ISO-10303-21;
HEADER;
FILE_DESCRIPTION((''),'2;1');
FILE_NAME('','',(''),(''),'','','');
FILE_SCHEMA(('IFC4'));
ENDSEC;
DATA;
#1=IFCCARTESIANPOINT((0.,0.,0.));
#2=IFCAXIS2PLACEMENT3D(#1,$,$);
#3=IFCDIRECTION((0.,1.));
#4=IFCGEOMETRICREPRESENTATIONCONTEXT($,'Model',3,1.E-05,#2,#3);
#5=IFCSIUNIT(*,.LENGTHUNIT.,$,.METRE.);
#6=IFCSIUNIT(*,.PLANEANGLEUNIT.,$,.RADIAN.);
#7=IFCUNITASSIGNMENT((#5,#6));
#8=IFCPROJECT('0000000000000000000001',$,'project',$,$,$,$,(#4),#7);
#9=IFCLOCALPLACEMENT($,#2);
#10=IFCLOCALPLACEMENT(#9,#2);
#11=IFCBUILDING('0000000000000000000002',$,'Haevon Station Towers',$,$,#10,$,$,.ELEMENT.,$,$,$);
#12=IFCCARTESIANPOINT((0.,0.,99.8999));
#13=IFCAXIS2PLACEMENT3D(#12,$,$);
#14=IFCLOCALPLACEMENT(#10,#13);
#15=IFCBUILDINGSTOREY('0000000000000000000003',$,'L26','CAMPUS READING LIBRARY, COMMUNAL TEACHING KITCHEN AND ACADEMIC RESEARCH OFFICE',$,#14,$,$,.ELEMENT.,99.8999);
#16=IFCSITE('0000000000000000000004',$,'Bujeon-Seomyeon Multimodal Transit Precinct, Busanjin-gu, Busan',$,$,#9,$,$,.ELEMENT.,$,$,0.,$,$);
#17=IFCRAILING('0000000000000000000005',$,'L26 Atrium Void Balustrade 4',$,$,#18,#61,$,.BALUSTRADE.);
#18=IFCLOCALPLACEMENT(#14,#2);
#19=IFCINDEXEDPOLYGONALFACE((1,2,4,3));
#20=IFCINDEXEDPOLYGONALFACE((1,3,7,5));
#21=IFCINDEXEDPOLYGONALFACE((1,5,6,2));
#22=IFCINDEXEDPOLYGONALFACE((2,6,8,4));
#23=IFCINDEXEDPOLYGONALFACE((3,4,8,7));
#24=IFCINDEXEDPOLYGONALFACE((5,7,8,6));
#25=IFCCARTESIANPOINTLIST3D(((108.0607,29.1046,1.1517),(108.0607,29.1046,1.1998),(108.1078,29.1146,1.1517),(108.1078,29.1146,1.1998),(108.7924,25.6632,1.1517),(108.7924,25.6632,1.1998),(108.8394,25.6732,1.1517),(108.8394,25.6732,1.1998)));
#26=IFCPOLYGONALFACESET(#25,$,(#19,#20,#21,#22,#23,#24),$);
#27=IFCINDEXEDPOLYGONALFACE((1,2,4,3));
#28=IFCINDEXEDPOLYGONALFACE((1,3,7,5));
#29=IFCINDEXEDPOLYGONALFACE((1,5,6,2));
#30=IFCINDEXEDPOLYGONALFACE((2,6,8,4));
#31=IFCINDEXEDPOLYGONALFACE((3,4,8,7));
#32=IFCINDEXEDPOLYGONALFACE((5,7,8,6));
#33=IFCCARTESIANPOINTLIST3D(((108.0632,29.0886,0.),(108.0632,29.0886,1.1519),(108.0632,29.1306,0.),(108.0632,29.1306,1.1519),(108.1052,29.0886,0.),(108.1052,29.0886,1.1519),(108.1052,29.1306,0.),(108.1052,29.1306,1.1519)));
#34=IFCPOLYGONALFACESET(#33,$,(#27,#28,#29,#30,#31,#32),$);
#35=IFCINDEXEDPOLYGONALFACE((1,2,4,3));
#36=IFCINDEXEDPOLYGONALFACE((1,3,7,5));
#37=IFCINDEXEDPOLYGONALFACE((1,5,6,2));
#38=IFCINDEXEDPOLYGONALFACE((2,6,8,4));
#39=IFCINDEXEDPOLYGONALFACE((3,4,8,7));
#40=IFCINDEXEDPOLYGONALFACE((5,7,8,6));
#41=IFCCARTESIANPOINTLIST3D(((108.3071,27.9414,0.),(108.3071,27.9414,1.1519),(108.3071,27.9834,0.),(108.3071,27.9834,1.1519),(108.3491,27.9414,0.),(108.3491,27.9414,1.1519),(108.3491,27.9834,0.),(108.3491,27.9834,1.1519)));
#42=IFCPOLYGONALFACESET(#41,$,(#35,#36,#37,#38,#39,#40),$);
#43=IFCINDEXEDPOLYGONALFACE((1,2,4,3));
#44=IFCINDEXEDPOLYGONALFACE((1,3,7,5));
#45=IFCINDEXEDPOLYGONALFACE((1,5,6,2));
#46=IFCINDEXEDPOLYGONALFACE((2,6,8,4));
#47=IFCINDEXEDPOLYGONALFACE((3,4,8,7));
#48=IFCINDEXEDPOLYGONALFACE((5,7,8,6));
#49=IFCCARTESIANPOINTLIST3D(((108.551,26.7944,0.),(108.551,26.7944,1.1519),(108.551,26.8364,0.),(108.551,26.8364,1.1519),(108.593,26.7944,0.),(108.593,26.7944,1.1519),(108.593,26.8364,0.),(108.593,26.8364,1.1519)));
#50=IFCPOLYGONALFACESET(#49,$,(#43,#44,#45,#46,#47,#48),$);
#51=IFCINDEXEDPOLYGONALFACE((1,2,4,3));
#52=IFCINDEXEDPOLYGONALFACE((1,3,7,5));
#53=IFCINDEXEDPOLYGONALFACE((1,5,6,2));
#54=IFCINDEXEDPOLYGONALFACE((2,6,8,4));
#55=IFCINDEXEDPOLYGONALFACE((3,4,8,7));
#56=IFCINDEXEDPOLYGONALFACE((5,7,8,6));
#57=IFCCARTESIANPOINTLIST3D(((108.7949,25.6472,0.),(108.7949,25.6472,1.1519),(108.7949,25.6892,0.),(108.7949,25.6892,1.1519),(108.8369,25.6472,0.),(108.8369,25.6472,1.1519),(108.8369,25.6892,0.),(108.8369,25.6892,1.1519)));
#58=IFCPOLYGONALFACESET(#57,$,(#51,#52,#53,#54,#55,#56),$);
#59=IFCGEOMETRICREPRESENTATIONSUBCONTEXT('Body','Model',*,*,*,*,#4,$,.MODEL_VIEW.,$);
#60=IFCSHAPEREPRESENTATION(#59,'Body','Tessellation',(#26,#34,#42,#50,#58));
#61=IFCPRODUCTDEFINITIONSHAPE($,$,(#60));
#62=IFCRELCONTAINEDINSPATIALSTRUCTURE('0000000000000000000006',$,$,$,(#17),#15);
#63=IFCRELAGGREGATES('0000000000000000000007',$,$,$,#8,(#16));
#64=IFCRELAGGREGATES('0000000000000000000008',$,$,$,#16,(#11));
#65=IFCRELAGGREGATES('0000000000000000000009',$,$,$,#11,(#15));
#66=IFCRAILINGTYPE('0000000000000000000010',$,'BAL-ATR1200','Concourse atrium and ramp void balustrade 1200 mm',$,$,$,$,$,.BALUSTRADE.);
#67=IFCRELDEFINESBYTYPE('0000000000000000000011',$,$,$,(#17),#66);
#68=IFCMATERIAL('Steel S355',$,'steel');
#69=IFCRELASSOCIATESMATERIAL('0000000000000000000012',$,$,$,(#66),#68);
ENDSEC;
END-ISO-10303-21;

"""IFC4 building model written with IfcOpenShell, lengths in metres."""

from ifc_helpers import new_model, si_unit, direction, frame, origin, origin_2d, place, context, subcontext, project, spatial, rectangle, extrude, material, type_object, element, save


model = new_model("IFC4")

# Units and contexts
model_context = context("Model", 3, precision=1e-05, world=origin(), true_north=direction((0.0, 1.0)))
body_context = subcontext(model_context, "Body", "Model", "MODEL_VIEW")
ifc_project = project(units=[si_unit("LENGTHUNIT", "METRE"), si_unit("PLANEANGLEUNIT", "RADIAN")], contexts=[model_context])

# Site, building, storey
site_placement = place(None, origin())
site = spatial("IfcSite", under=ifc_project, at=site_placement, Name="Bujeon-Seomyeon Multimodal Transit Precinct, Busanjin-gu, Busan", CompositionType="ELEMENT", RefElevation=0.0)
building_placement = place(site_placement, origin())
building = spatial("IfcBuilding", under=site, at=building_placement, Name="Haevon Station Towers", CompositionType="ELEMENT")
storey_placement = place(building_placement, frame((0.0, 0.0, 99.8999)))
storey = spatial("IfcBuildingStorey", under=building, at=storey_placement, Name="L26", Description="CAMPUS READING LIBRARY, COMMUNAL TEACHING KITCHEN AND ACADEMIC RESEARCH OFFICE", CompositionType="ELEMENT", Elevation=99.8999)

# Shared definitions
ifc_material_1 = material(Name="Steel S355", Category="steel")

# Railing
railing_type = type_object("IfcRailingType", Name="BAL-ATR1200", Description="Concourse atrium and ramp void balustrade 1200 mm", PredefinedType="BALUSTRADE", material=ifc_material_1)
railing_1_placement = place(storey_placement, frame((108.0842, 29.1096, 0.0)))
element("IfcRailing", 1, at=railing_1_placement, inside=storey, type_object=railing_type, Name="L26 Atrium Void Balustrade 4", PredefinedType="BALUSTRADE", context=body_context, shape_type="SweptSolid", body=[
    extrude(rectangle(XDim=0.0481, YDim=0.0481, at=origin_2d()), frame((0.0, 0.0, 1.1758), z_axis=(0.207965, -0.978136, 0.0), x_axis=(0.978136, 0.207965, 0.0)), (0.0, 0.0, 1.0), 3.5183),
    extrude(rectangle(XDim=0.042, YDim=0.042, at=origin_2d()), origin(), (0.0, 0.0, 1.0), 1.1519),
    extrude(rectangle(XDim=0.042, YDim=0.042, at=origin_2d()), frame((0.2439, -1.1472, 0.0)), (0.0, 0.0, 1.0), 1.1519),
    extrude(rectangle(XDim=0.042, YDim=0.042, at=origin_2d()), frame((0.4878, -2.2942, 0.0)), (0.0, 0.0, 1.0), 1.1519),
    extrude(rectangle(XDim=0.042, YDim=0.042, at=origin_2d()), frame((0.7317, -3.4414, 0.0)), (0.0, 0.0, 1.0), 1.1519),
])

save(model, "model.ifc")
